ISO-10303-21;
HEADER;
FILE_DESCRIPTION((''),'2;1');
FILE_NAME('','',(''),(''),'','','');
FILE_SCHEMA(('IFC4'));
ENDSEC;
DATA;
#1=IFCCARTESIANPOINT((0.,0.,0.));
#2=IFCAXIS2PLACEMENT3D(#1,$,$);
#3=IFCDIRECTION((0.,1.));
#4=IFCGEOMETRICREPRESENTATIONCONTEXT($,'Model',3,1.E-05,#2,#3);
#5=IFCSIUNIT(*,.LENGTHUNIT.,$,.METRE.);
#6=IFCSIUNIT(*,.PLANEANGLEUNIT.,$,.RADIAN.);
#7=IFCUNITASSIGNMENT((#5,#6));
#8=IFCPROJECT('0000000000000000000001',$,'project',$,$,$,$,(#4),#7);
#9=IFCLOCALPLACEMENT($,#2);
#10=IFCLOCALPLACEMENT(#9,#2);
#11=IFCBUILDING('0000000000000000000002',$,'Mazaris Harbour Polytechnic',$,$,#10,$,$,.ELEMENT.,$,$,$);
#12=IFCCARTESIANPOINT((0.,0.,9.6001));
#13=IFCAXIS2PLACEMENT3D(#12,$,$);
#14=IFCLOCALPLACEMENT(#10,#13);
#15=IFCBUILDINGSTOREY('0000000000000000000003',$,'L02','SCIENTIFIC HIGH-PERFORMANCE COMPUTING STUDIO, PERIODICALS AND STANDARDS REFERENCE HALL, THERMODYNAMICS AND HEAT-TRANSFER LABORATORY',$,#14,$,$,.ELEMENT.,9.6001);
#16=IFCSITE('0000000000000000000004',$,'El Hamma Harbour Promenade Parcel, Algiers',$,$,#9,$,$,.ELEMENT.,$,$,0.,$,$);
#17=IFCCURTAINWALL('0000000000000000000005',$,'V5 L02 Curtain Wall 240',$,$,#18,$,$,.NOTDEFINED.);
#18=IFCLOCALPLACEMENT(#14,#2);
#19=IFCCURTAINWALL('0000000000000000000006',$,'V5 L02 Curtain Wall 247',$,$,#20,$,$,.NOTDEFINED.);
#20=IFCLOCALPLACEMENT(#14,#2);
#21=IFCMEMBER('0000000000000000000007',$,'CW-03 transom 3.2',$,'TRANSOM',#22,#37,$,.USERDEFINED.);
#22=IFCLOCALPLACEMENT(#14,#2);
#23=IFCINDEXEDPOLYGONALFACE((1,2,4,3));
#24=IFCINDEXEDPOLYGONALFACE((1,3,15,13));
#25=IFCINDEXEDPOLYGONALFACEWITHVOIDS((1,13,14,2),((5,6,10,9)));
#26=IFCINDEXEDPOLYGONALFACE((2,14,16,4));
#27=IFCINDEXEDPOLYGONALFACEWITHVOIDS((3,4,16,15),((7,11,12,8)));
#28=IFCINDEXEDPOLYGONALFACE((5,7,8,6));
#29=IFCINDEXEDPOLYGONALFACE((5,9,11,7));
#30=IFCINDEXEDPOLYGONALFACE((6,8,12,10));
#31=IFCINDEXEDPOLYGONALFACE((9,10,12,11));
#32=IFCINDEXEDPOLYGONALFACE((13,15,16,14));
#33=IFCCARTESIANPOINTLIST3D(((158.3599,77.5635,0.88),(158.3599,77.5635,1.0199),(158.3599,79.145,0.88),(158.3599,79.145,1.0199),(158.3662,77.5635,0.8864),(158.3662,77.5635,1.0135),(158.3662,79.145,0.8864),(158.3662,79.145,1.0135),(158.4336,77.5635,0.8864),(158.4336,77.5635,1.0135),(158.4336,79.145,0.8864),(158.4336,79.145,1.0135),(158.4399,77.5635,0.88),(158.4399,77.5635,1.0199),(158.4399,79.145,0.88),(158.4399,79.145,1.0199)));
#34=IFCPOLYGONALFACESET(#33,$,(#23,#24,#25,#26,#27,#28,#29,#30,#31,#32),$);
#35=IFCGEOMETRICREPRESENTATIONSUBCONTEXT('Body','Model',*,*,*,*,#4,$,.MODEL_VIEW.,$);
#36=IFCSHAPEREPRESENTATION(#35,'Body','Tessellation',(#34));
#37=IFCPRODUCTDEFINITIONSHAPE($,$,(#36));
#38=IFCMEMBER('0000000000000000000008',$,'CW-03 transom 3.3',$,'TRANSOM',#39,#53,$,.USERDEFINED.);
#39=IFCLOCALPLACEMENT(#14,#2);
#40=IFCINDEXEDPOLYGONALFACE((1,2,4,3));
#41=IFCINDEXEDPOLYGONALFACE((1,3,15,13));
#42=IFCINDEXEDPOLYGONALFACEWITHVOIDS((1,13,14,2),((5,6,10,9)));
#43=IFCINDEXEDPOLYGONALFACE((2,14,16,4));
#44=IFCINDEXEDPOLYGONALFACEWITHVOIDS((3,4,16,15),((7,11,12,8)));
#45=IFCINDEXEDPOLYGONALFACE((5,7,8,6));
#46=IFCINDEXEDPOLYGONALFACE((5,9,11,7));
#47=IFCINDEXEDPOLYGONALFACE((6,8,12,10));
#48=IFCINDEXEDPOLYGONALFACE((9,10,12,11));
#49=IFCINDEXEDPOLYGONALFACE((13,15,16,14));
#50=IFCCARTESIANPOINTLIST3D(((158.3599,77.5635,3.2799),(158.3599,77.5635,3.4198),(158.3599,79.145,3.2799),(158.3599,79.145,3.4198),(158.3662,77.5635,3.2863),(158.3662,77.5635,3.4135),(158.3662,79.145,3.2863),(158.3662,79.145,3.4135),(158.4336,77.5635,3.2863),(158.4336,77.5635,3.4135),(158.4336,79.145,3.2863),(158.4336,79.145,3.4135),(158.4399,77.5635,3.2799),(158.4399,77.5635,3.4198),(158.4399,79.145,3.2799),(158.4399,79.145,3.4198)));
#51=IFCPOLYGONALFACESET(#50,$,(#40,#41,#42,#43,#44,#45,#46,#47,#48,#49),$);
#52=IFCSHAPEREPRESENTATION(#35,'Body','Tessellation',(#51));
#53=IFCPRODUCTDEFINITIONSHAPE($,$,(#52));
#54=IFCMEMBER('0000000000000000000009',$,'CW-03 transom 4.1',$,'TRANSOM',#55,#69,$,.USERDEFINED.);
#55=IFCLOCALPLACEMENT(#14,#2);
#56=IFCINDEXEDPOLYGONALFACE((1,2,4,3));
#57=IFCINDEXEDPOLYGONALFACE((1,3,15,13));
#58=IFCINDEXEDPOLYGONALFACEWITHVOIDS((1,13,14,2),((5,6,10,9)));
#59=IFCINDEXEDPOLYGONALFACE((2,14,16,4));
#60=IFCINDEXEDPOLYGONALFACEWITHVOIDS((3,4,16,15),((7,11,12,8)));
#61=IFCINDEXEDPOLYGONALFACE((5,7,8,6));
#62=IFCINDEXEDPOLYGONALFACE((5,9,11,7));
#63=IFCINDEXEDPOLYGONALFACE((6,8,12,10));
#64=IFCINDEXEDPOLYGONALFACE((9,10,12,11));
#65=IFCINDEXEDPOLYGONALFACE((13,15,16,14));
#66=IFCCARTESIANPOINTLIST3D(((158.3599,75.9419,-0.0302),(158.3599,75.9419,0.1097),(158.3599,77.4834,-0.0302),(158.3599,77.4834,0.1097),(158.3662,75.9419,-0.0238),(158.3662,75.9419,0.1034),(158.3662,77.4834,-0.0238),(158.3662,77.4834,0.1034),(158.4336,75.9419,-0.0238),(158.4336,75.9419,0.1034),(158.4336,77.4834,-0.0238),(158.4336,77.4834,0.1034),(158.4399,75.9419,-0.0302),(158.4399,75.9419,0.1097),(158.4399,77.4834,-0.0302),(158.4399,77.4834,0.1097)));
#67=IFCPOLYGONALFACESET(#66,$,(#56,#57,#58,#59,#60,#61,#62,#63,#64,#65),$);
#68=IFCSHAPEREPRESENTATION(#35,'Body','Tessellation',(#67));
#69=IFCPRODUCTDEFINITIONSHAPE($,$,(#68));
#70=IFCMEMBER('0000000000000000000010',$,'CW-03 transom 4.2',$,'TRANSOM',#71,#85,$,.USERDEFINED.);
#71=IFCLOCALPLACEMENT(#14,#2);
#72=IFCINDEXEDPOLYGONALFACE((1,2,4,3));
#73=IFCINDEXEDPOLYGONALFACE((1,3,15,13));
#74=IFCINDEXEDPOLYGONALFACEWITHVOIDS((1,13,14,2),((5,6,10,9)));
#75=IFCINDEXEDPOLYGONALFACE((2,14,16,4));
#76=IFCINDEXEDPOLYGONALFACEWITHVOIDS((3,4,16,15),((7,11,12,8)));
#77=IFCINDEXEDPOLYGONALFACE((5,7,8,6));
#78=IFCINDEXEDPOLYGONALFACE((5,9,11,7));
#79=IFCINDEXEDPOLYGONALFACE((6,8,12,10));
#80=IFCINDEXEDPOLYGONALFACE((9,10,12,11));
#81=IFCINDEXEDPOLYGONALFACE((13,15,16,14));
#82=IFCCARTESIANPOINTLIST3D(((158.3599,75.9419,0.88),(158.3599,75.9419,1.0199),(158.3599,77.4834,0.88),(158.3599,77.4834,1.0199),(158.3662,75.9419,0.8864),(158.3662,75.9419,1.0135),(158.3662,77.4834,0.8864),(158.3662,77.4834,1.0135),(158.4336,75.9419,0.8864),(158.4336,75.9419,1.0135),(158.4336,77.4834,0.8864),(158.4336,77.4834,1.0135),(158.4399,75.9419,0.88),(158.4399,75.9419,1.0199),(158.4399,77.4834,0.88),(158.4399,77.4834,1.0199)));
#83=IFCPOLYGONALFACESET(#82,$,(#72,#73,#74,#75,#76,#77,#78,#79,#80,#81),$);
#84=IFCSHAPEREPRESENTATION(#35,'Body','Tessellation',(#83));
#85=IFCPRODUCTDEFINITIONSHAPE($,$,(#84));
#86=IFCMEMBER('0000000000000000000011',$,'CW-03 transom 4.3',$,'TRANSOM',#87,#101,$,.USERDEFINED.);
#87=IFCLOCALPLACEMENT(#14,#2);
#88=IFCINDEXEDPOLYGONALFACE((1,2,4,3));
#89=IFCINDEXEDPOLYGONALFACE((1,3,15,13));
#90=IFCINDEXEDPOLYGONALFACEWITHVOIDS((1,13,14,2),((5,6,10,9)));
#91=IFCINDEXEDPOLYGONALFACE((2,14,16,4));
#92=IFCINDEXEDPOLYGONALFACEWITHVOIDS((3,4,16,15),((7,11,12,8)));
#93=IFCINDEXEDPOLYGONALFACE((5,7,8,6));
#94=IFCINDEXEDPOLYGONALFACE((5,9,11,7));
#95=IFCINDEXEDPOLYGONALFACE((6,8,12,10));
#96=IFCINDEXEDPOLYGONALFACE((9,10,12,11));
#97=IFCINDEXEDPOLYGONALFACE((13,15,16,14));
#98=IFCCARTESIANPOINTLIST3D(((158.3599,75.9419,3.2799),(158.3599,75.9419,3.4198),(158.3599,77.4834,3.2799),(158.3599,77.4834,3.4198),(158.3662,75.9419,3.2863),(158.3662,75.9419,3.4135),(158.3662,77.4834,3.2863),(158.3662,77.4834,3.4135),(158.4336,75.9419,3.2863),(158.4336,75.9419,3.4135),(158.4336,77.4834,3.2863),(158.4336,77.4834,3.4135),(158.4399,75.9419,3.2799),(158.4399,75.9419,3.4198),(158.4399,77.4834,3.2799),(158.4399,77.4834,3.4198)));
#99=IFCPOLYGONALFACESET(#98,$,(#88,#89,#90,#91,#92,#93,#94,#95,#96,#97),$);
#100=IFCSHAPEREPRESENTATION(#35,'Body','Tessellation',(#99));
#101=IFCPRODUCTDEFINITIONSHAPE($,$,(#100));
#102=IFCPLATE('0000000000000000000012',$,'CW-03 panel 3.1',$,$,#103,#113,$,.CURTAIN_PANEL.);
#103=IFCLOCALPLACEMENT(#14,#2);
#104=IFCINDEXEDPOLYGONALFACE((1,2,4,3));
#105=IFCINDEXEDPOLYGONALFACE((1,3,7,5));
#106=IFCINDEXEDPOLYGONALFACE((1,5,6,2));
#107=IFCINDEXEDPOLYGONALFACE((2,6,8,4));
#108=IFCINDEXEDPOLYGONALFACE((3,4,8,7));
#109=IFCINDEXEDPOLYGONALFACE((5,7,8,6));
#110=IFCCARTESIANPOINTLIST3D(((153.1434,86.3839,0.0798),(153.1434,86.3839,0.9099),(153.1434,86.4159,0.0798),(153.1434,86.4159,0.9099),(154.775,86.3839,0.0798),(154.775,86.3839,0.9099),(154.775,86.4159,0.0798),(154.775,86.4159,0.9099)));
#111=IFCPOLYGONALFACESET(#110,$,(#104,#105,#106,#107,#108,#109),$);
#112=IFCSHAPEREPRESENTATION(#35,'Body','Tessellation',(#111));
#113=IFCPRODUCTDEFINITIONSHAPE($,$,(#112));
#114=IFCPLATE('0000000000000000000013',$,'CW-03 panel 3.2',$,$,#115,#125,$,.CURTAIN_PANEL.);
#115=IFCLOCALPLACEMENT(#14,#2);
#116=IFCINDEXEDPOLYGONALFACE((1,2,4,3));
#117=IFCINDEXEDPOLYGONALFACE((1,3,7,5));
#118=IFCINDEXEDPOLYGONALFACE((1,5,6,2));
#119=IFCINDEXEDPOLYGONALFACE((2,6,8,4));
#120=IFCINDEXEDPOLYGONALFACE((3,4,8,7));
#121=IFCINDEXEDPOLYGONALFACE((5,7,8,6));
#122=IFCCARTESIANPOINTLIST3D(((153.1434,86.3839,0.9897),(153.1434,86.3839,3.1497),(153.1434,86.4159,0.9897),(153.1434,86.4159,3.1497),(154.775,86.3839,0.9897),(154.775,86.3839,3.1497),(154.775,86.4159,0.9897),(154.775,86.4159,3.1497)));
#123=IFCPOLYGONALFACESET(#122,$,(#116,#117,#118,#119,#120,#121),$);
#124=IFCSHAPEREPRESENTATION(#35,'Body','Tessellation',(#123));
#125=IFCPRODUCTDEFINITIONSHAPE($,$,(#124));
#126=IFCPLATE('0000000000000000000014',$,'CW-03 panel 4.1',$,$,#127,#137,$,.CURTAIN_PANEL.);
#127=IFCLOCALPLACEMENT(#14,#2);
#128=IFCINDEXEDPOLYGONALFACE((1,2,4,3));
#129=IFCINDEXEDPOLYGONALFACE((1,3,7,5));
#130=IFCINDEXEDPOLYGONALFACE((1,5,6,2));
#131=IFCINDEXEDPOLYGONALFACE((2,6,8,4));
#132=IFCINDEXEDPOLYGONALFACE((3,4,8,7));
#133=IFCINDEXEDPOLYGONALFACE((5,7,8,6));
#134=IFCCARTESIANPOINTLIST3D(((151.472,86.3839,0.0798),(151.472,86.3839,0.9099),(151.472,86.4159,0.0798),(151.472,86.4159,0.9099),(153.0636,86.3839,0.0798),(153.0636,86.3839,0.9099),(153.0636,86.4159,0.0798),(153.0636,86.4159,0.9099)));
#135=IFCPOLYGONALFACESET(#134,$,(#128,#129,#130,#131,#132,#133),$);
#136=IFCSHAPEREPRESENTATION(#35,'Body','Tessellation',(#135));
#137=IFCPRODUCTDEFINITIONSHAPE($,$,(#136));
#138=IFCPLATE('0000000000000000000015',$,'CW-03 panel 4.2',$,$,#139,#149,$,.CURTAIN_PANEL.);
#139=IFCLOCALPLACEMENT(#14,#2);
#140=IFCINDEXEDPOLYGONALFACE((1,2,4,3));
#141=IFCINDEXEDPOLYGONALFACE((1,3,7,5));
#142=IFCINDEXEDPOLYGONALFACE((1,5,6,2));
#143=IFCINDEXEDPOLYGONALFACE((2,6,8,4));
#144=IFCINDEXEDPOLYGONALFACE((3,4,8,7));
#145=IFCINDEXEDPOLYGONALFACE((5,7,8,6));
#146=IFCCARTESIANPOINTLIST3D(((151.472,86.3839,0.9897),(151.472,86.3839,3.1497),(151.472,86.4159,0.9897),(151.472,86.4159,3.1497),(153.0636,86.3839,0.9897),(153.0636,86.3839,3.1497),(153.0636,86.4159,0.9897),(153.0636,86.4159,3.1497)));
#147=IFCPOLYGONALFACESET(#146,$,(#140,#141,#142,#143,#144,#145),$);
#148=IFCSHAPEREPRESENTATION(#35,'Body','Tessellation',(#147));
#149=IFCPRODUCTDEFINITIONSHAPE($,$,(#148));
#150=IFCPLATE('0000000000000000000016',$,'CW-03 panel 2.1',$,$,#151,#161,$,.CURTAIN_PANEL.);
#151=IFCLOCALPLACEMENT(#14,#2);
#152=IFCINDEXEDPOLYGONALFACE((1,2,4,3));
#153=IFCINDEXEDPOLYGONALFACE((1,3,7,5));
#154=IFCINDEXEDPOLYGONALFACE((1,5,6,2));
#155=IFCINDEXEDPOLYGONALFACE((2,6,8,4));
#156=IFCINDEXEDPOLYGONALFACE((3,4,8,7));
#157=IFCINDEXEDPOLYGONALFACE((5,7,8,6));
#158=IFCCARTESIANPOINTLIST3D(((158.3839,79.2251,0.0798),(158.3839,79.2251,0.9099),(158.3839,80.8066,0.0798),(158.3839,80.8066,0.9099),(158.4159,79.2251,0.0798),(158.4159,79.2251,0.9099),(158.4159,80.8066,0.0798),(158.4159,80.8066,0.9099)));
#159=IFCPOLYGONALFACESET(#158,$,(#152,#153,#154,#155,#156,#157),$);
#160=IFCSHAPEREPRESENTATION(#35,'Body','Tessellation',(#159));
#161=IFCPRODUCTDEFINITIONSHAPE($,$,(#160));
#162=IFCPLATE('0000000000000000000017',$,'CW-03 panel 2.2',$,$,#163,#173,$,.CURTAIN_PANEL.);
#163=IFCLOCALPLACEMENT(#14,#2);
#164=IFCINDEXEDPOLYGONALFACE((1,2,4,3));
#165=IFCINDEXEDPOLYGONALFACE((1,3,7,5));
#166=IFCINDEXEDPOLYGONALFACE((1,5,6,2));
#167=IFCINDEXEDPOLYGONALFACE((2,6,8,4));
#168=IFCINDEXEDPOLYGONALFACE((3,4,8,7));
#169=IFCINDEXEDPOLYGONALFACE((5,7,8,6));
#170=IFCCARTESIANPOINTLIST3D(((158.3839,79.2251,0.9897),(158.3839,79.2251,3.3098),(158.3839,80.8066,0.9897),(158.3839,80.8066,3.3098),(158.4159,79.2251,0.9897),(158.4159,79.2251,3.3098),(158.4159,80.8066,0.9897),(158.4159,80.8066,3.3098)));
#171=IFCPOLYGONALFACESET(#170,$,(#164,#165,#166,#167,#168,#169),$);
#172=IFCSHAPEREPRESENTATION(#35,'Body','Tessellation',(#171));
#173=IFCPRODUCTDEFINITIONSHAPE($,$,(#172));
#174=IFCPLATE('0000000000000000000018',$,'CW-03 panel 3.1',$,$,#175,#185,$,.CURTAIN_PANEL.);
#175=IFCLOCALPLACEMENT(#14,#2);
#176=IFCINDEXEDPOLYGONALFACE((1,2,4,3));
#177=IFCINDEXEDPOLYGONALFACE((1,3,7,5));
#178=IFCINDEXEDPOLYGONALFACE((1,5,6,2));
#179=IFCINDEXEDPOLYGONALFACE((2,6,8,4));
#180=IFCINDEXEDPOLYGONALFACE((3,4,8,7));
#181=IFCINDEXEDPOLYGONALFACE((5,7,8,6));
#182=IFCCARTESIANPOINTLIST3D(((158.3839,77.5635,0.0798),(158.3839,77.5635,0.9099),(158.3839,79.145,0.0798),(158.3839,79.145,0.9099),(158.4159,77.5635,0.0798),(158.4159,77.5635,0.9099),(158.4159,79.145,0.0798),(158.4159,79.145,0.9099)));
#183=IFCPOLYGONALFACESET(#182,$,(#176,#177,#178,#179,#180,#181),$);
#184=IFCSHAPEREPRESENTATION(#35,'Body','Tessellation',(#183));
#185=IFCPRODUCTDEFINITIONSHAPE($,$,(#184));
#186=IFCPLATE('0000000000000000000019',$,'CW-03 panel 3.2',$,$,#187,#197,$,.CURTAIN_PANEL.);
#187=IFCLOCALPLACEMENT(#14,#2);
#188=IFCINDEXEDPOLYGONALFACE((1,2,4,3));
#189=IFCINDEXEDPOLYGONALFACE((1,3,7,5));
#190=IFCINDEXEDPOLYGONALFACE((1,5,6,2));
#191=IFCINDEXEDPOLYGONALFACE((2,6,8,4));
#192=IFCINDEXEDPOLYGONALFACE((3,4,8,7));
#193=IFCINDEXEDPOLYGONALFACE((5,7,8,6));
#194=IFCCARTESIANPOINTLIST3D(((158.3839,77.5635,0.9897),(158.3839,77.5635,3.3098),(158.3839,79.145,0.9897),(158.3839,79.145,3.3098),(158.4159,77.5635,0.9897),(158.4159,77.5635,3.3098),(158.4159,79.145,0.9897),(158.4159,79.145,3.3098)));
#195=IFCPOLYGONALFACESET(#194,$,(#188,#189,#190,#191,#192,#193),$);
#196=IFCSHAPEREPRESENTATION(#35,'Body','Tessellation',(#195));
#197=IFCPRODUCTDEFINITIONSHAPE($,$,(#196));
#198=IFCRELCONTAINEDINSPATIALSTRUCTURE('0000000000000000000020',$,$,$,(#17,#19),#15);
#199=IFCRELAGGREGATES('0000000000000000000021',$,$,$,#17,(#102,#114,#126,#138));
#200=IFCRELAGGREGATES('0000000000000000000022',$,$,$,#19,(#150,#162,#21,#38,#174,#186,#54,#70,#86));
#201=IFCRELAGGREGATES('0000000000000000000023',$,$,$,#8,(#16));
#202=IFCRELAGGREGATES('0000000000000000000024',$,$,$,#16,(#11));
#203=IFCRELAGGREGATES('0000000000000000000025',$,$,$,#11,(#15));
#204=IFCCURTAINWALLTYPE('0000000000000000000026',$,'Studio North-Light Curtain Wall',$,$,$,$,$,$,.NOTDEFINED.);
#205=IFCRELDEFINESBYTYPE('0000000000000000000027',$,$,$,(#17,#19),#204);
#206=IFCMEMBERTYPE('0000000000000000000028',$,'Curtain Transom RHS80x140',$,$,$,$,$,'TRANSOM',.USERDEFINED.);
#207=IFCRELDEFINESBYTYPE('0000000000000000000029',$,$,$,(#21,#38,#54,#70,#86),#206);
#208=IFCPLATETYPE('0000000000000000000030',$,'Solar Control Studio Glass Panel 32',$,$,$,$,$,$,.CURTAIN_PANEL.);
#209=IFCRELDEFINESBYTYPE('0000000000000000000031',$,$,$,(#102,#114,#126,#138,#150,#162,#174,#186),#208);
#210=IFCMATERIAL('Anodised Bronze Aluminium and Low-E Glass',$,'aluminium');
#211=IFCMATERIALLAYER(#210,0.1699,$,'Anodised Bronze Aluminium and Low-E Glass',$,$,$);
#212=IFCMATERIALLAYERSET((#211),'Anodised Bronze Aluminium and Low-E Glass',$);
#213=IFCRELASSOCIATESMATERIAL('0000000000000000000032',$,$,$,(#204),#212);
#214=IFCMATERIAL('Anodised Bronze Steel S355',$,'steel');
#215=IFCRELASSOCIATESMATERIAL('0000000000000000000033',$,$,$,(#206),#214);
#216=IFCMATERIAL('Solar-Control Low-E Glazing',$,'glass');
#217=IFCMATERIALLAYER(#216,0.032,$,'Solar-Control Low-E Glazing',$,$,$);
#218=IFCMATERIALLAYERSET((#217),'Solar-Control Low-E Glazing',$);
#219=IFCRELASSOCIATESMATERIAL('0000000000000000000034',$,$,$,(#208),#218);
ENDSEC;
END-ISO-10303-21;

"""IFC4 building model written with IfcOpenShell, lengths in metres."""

from ifc_helpers import new_model, si_unit, direction, frame, origin, origin_2d, place, context, subcontext, project, spatial, rectangle, hollow_rectangle, extrude, material, layer, layer_set, material_profile, profile_set, type_object, element, aggregate, save


model = new_model("IFC4")

# Units and contexts
model_context = context("Model", 3, precision=1e-05, world=origin(), true_north=direction((0.0, 1.0)))
body_context = subcontext(model_context, "Body", "Model", "MODEL_VIEW")
ifc_project = project(units=[si_unit("LENGTHUNIT", "METRE"), si_unit("PLANEANGLEUNIT", "RADIAN")], contexts=[model_context])

# Site, building, storey
site_placement = place(None, origin())
site = spatial("IfcSite", under=ifc_project, at=site_placement, Name="El Hamma Harbour Promenade Parcel, Algiers", CompositionType="ELEMENT", RefElevation=0.0)
building_placement = place(site_placement, origin())
building = spatial("IfcBuilding", under=site, at=building_placement, Name="Mazaris Harbour Polytechnic", CompositionType="ELEMENT")
storey_placement = place(building_placement, frame((0.0, 0.0, 9.6001)))
storey = spatial("IfcBuildingStorey", under=building, at=storey_placement, Name="L02", Description="SCIENTIFIC HIGH-PERFORMANCE COMPUTING STUDIO, PERIODICALS AND STANDARDS REFERENCE HALL, THERMODYNAMICS AND HEAT-TRANSFER LABORATORY", CompositionType="ELEMENT", Elevation=9.6001)

# Curtain walls
ifc_material_1 = material(Name="Anodised Bronze Aluminium and Low-E Glass", Category="aluminium")
ifc_layer_1 = layer(ifc_material_1, 0.1699, Name="Anodised Bronze Aluminium and Low-E Glass")
ifc_layer_set_1 = layer_set([ifc_layer_1], Name="Anodised Bronze Aluminium and Low-E Glass")
curtain_wall_type = type_object("IfcCurtainWallType", Name="Studio North-Light Curtain Wall", PredefinedType="NOTDEFINED", material=ifc_layer_set_1)
curtain_wall_1_placement = place(storey_placement, origin())
curtain_wall_1 = element("IfcCurtainWall", 1, at=curtain_wall_1_placement, inside=storey, type_object=curtain_wall_type, Name="V5 L02 Curtain Wall 240", PredefinedType="NOTDEFINED")
curtain_wall_2_placement = place(storey_placement, origin())
curtain_wall_2 = element("IfcCurtainWall", 2, at=curtain_wall_2_placement, inside=storey, type_object=curtain_wall_type, Name="V5 L02 Curtain Wall 247", PredefinedType="NOTDEFINED")

# Members
ifc_material_2 = material(Name="Anodised Bronze Steel S355", Category="steel")
ifc_material_profile_1 = material_profile(ifc_material_2, hollow_rectangle(XDim=0.0801, YDim=0.1399, WallThickness=0.0063, at=origin_2d()), Name="RHS 80x140x6.3")
ifc_profile_set_1 = profile_set([ifc_material_profile_1], Name="Anodised Bronze Steel S355")
member_type_1 = type_object("IfcMemberType", Name="Curtain Transom RHS80x140", ElementType="TRANSOM", PredefinedType="USERDEFINED", material=ifc_profile_set_1)
member_1_placement = place(storey_placement, frame((158.3999, 79.145, 0.95), z_axis=(0.0, -1.0, 0.0), x_axis=(1.0, 0.0, 0.0)))
member_1 = element("IfcMember", 3, at=member_1_placement, type_object=member_type_1, Name="CW-03 transom 3.2", ObjectType="TRANSOM", PredefinedType="USERDEFINED", context=body_context, shape_type="SweptSolid", body=[
    extrude(hollow_rectangle(XDim=0.0801, YDim=0.1399, WallThickness=0.0063, at=origin_2d()), origin(), (0.0, 0.0, 1.0), 1.5815),
])
member_2_placement = place(storey_placement, frame((158.3999, 79.145, 3.3499), z_axis=(0.0, -1.0, 0.0), x_axis=(1.0, 0.0, 0.0)))
member_2 = element("IfcMember", 4, at=member_2_placement, type_object=member_type_1, Name="CW-03 transom 3.3", ObjectType="TRANSOM", PredefinedType="USERDEFINED", context=body_context, shape_type="SweptSolid", body=[
    extrude(hollow_rectangle(XDim=0.0801, YDim=0.1399, WallThickness=0.0063, at=origin_2d()), origin(), (0.0, 0.0, 1.0), 1.5815),
])
member_3_placement = place(storey_placement, frame((158.3999, 77.4834, 0.0398), z_axis=(0.0, -1.0, 0.0), x_axis=(1.0, 0.0, 0.0)))
member_3 = element("IfcMember", 5, at=member_3_placement, type_object=member_type_1, Name="CW-03 transom 4.1", ObjectType="TRANSOM", PredefinedType="USERDEFINED", context=body_context, shape_type="SweptSolid", body=[
    extrude(hollow_rectangle(XDim=0.0801, YDim=0.1399, WallThickness=0.0063, at=origin_2d()), origin(), (0.0, 0.0, 1.0), 1.5415),
])
member_4_placement = place(storey_placement, frame((158.3999, 77.4834, 0.95), z_axis=(0.0, -1.0, 0.0), x_axis=(1.0, 0.0, 0.0)))
member_4 = element("IfcMember", 6, at=member_4_placement, type_object=member_type_1, Name="CW-03 transom 4.2", ObjectType="TRANSOM", PredefinedType="USERDEFINED", context=body_context, shape_type="SweptSolid", body=[
    extrude(hollow_rectangle(XDim=0.0801, YDim=0.1399, WallThickness=0.0063, at=origin_2d()), origin(), (0.0, 0.0, 1.0), 1.5415),
])
member_5_placement = place(storey_placement, frame((158.3999, 77.4834, 3.3499), z_axis=(0.0, -1.0, 0.0), x_axis=(1.0, 0.0, 0.0)))
member_5 = element("IfcMember", 7, at=member_5_placement, type_object=member_type_1, Name="CW-03 transom 4.3", ObjectType="TRANSOM", PredefinedType="USERDEFINED", context=body_context, shape_type="SweptSolid", body=[
    extrude(hollow_rectangle(XDim=0.0801, YDim=0.1399, WallThickness=0.0063, at=origin_2d()), origin(), (0.0, 0.0, 1.0), 1.5415),
])

# Plates
ifc_material_3 = material(Name="Solar-Control Low-E Glazing", Category="glass")
ifc_layer_2 = layer(ifc_material_3, 0.032, Name="Solar-Control Low-E Glazing")
ifc_layer_set_2 = layer_set([ifc_layer_2], Name="Solar-Control Low-E Glazing")
plate_type = type_object("IfcPlateType", Name="Solar Control Studio Glass Panel 32", PredefinedType="CURTAIN_PANEL", material=ifc_layer_set_2)
plate_1_placement = place(storey_placement, frame((153.9592, 86.3999, 0.0798), z_axis=(0.0, 0.0, 1.0), x_axis=(-1.0, 0.0, 0.0)))
plate_1 = element("IfcPlate", 8, at=plate_1_placement, type_object=plate_type, Name="CW-03 panel 3.1", PredefinedType="CURTAIN_PANEL", context=body_context, shape_type="SweptSolid", body=[
    extrude(rectangle(XDim=1.6316, YDim=0.032, at=origin_2d()), origin(), (0.0, 0.0, 1.0), 0.8301),
])
plate_2_placement = place(storey_placement, frame((153.9592, 86.3999, 0.9897), z_axis=(0.0, 0.0, 1.0), x_axis=(-1.0, 0.0, 0.0)))
plate_2 = element("IfcPlate", 9, at=plate_2_placement, type_object=plate_type, Name="CW-03 panel 3.2", PredefinedType="CURTAIN_PANEL", context=body_context, shape_type="SweptSolid", body=[
    extrude(rectangle(XDim=1.6316, YDim=0.032, at=origin_2d()), origin(), (0.0, 0.0, 1.0), 2.1599),
])
plate_3_placement = place(storey_placement, frame((152.2678, 86.3999, 0.0798), z_axis=(0.0, 0.0, 1.0), x_axis=(-1.0, 0.0, 0.0)))
plate_3 = element("IfcPlate", 10, at=plate_3_placement, type_object=plate_type, Name="CW-03 panel 4.1", PredefinedType="CURTAIN_PANEL", context=body_context, shape_type="SweptSolid", body=[
    extrude(rectangle(XDim=1.5916, YDim=0.032, at=origin_2d()), origin(), (0.0, 0.0, 1.0), 0.8301),
])
plate_4_placement = place(storey_placement, frame((152.2678, 86.3999, 0.9897), z_axis=(0.0, 0.0, 1.0), x_axis=(-1.0, 0.0, 0.0)))
plate_4 = element("IfcPlate", 11, at=plate_4_placement, type_object=plate_type, Name="CW-03 panel 4.2", PredefinedType="CURTAIN_PANEL", context=body_context, shape_type="SweptSolid", body=[
    extrude(rectangle(XDim=1.5916, YDim=0.032, at=origin_2d()), origin(), (0.0, 0.0, 1.0), 2.1599),
])
aggregate(curtain_wall_1, [plate_1, plate_2, plate_3, plate_4])
plate_5_placement = place(storey_placement, frame((158.3999, 80.0159, 0.0798), z_axis=(0.0, 0.0, 1.0), x_axis=(0.0, -1.0, 0.0)))
plate_5 = element("IfcPlate", 12, at=plate_5_placement, type_object=plate_type, Name="CW-03 panel 2.1", PredefinedType="CURTAIN_PANEL", context=body_context, shape_type="SweptSolid", body=[
    extrude(rectangle(XDim=1.5815, YDim=0.032, at=origin_2d()), origin(), (0.0, 0.0, 1.0), 0.8301),
])
plate_6_placement = place(storey_placement, frame((158.3999, 80.0159, 0.9897), z_axis=(0.0, 0.0, 1.0), x_axis=(0.0, -1.0, 0.0)))
plate_6 = element("IfcPlate", 13, at=plate_6_placement, type_object=plate_type, Name="CW-03 panel 2.2", PredefinedType="CURTAIN_PANEL", context=body_context, shape_type="SweptSolid", body=[
    extrude(rectangle(XDim=1.5815, YDim=0.032, at=origin_2d()), origin(), (0.0, 0.0, 1.0), 2.3201),
])
plate_7_placement = place(storey_placement, frame((158.3999, 78.3542, 0.0798), z_axis=(0.0, 0.0, 1.0), x_axis=(0.0, -1.0, 0.0)))
plate_7 = element("IfcPlate", 14, at=plate_7_placement, type_object=plate_type, Name="CW-03 panel 3.1", PredefinedType="CURTAIN_PANEL", context=body_context, shape_type="SweptSolid", body=[
    extrude(rectangle(XDim=1.5815, YDim=0.032, at=origin_2d()), origin(), (0.0, 0.0, 1.0), 0.8301),
])
plate_8_placement = place(storey_placement, frame((158.3999, 78.3542, 0.9897), z_axis=(0.0, 0.0, 1.0), x_axis=(0.0, -1.0, 0.0)))
plate_8 = element("IfcPlate", 15, at=plate_8_placement, type_object=plate_type, Name="CW-03 panel 3.2", PredefinedType="CURTAIN_PANEL", context=body_context, shape_type="SweptSolid", body=[
    extrude(rectangle(XDim=1.5815, YDim=0.032, at=origin_2d()), origin(), (0.0, 0.0, 1.0), 2.3201),
])
aggregate(curtain_wall_2, [plate_5, plate_6, member_1, member_2, plate_7, plate_8, member_3, member_4, member_5])

save(model, "model.ifc")
